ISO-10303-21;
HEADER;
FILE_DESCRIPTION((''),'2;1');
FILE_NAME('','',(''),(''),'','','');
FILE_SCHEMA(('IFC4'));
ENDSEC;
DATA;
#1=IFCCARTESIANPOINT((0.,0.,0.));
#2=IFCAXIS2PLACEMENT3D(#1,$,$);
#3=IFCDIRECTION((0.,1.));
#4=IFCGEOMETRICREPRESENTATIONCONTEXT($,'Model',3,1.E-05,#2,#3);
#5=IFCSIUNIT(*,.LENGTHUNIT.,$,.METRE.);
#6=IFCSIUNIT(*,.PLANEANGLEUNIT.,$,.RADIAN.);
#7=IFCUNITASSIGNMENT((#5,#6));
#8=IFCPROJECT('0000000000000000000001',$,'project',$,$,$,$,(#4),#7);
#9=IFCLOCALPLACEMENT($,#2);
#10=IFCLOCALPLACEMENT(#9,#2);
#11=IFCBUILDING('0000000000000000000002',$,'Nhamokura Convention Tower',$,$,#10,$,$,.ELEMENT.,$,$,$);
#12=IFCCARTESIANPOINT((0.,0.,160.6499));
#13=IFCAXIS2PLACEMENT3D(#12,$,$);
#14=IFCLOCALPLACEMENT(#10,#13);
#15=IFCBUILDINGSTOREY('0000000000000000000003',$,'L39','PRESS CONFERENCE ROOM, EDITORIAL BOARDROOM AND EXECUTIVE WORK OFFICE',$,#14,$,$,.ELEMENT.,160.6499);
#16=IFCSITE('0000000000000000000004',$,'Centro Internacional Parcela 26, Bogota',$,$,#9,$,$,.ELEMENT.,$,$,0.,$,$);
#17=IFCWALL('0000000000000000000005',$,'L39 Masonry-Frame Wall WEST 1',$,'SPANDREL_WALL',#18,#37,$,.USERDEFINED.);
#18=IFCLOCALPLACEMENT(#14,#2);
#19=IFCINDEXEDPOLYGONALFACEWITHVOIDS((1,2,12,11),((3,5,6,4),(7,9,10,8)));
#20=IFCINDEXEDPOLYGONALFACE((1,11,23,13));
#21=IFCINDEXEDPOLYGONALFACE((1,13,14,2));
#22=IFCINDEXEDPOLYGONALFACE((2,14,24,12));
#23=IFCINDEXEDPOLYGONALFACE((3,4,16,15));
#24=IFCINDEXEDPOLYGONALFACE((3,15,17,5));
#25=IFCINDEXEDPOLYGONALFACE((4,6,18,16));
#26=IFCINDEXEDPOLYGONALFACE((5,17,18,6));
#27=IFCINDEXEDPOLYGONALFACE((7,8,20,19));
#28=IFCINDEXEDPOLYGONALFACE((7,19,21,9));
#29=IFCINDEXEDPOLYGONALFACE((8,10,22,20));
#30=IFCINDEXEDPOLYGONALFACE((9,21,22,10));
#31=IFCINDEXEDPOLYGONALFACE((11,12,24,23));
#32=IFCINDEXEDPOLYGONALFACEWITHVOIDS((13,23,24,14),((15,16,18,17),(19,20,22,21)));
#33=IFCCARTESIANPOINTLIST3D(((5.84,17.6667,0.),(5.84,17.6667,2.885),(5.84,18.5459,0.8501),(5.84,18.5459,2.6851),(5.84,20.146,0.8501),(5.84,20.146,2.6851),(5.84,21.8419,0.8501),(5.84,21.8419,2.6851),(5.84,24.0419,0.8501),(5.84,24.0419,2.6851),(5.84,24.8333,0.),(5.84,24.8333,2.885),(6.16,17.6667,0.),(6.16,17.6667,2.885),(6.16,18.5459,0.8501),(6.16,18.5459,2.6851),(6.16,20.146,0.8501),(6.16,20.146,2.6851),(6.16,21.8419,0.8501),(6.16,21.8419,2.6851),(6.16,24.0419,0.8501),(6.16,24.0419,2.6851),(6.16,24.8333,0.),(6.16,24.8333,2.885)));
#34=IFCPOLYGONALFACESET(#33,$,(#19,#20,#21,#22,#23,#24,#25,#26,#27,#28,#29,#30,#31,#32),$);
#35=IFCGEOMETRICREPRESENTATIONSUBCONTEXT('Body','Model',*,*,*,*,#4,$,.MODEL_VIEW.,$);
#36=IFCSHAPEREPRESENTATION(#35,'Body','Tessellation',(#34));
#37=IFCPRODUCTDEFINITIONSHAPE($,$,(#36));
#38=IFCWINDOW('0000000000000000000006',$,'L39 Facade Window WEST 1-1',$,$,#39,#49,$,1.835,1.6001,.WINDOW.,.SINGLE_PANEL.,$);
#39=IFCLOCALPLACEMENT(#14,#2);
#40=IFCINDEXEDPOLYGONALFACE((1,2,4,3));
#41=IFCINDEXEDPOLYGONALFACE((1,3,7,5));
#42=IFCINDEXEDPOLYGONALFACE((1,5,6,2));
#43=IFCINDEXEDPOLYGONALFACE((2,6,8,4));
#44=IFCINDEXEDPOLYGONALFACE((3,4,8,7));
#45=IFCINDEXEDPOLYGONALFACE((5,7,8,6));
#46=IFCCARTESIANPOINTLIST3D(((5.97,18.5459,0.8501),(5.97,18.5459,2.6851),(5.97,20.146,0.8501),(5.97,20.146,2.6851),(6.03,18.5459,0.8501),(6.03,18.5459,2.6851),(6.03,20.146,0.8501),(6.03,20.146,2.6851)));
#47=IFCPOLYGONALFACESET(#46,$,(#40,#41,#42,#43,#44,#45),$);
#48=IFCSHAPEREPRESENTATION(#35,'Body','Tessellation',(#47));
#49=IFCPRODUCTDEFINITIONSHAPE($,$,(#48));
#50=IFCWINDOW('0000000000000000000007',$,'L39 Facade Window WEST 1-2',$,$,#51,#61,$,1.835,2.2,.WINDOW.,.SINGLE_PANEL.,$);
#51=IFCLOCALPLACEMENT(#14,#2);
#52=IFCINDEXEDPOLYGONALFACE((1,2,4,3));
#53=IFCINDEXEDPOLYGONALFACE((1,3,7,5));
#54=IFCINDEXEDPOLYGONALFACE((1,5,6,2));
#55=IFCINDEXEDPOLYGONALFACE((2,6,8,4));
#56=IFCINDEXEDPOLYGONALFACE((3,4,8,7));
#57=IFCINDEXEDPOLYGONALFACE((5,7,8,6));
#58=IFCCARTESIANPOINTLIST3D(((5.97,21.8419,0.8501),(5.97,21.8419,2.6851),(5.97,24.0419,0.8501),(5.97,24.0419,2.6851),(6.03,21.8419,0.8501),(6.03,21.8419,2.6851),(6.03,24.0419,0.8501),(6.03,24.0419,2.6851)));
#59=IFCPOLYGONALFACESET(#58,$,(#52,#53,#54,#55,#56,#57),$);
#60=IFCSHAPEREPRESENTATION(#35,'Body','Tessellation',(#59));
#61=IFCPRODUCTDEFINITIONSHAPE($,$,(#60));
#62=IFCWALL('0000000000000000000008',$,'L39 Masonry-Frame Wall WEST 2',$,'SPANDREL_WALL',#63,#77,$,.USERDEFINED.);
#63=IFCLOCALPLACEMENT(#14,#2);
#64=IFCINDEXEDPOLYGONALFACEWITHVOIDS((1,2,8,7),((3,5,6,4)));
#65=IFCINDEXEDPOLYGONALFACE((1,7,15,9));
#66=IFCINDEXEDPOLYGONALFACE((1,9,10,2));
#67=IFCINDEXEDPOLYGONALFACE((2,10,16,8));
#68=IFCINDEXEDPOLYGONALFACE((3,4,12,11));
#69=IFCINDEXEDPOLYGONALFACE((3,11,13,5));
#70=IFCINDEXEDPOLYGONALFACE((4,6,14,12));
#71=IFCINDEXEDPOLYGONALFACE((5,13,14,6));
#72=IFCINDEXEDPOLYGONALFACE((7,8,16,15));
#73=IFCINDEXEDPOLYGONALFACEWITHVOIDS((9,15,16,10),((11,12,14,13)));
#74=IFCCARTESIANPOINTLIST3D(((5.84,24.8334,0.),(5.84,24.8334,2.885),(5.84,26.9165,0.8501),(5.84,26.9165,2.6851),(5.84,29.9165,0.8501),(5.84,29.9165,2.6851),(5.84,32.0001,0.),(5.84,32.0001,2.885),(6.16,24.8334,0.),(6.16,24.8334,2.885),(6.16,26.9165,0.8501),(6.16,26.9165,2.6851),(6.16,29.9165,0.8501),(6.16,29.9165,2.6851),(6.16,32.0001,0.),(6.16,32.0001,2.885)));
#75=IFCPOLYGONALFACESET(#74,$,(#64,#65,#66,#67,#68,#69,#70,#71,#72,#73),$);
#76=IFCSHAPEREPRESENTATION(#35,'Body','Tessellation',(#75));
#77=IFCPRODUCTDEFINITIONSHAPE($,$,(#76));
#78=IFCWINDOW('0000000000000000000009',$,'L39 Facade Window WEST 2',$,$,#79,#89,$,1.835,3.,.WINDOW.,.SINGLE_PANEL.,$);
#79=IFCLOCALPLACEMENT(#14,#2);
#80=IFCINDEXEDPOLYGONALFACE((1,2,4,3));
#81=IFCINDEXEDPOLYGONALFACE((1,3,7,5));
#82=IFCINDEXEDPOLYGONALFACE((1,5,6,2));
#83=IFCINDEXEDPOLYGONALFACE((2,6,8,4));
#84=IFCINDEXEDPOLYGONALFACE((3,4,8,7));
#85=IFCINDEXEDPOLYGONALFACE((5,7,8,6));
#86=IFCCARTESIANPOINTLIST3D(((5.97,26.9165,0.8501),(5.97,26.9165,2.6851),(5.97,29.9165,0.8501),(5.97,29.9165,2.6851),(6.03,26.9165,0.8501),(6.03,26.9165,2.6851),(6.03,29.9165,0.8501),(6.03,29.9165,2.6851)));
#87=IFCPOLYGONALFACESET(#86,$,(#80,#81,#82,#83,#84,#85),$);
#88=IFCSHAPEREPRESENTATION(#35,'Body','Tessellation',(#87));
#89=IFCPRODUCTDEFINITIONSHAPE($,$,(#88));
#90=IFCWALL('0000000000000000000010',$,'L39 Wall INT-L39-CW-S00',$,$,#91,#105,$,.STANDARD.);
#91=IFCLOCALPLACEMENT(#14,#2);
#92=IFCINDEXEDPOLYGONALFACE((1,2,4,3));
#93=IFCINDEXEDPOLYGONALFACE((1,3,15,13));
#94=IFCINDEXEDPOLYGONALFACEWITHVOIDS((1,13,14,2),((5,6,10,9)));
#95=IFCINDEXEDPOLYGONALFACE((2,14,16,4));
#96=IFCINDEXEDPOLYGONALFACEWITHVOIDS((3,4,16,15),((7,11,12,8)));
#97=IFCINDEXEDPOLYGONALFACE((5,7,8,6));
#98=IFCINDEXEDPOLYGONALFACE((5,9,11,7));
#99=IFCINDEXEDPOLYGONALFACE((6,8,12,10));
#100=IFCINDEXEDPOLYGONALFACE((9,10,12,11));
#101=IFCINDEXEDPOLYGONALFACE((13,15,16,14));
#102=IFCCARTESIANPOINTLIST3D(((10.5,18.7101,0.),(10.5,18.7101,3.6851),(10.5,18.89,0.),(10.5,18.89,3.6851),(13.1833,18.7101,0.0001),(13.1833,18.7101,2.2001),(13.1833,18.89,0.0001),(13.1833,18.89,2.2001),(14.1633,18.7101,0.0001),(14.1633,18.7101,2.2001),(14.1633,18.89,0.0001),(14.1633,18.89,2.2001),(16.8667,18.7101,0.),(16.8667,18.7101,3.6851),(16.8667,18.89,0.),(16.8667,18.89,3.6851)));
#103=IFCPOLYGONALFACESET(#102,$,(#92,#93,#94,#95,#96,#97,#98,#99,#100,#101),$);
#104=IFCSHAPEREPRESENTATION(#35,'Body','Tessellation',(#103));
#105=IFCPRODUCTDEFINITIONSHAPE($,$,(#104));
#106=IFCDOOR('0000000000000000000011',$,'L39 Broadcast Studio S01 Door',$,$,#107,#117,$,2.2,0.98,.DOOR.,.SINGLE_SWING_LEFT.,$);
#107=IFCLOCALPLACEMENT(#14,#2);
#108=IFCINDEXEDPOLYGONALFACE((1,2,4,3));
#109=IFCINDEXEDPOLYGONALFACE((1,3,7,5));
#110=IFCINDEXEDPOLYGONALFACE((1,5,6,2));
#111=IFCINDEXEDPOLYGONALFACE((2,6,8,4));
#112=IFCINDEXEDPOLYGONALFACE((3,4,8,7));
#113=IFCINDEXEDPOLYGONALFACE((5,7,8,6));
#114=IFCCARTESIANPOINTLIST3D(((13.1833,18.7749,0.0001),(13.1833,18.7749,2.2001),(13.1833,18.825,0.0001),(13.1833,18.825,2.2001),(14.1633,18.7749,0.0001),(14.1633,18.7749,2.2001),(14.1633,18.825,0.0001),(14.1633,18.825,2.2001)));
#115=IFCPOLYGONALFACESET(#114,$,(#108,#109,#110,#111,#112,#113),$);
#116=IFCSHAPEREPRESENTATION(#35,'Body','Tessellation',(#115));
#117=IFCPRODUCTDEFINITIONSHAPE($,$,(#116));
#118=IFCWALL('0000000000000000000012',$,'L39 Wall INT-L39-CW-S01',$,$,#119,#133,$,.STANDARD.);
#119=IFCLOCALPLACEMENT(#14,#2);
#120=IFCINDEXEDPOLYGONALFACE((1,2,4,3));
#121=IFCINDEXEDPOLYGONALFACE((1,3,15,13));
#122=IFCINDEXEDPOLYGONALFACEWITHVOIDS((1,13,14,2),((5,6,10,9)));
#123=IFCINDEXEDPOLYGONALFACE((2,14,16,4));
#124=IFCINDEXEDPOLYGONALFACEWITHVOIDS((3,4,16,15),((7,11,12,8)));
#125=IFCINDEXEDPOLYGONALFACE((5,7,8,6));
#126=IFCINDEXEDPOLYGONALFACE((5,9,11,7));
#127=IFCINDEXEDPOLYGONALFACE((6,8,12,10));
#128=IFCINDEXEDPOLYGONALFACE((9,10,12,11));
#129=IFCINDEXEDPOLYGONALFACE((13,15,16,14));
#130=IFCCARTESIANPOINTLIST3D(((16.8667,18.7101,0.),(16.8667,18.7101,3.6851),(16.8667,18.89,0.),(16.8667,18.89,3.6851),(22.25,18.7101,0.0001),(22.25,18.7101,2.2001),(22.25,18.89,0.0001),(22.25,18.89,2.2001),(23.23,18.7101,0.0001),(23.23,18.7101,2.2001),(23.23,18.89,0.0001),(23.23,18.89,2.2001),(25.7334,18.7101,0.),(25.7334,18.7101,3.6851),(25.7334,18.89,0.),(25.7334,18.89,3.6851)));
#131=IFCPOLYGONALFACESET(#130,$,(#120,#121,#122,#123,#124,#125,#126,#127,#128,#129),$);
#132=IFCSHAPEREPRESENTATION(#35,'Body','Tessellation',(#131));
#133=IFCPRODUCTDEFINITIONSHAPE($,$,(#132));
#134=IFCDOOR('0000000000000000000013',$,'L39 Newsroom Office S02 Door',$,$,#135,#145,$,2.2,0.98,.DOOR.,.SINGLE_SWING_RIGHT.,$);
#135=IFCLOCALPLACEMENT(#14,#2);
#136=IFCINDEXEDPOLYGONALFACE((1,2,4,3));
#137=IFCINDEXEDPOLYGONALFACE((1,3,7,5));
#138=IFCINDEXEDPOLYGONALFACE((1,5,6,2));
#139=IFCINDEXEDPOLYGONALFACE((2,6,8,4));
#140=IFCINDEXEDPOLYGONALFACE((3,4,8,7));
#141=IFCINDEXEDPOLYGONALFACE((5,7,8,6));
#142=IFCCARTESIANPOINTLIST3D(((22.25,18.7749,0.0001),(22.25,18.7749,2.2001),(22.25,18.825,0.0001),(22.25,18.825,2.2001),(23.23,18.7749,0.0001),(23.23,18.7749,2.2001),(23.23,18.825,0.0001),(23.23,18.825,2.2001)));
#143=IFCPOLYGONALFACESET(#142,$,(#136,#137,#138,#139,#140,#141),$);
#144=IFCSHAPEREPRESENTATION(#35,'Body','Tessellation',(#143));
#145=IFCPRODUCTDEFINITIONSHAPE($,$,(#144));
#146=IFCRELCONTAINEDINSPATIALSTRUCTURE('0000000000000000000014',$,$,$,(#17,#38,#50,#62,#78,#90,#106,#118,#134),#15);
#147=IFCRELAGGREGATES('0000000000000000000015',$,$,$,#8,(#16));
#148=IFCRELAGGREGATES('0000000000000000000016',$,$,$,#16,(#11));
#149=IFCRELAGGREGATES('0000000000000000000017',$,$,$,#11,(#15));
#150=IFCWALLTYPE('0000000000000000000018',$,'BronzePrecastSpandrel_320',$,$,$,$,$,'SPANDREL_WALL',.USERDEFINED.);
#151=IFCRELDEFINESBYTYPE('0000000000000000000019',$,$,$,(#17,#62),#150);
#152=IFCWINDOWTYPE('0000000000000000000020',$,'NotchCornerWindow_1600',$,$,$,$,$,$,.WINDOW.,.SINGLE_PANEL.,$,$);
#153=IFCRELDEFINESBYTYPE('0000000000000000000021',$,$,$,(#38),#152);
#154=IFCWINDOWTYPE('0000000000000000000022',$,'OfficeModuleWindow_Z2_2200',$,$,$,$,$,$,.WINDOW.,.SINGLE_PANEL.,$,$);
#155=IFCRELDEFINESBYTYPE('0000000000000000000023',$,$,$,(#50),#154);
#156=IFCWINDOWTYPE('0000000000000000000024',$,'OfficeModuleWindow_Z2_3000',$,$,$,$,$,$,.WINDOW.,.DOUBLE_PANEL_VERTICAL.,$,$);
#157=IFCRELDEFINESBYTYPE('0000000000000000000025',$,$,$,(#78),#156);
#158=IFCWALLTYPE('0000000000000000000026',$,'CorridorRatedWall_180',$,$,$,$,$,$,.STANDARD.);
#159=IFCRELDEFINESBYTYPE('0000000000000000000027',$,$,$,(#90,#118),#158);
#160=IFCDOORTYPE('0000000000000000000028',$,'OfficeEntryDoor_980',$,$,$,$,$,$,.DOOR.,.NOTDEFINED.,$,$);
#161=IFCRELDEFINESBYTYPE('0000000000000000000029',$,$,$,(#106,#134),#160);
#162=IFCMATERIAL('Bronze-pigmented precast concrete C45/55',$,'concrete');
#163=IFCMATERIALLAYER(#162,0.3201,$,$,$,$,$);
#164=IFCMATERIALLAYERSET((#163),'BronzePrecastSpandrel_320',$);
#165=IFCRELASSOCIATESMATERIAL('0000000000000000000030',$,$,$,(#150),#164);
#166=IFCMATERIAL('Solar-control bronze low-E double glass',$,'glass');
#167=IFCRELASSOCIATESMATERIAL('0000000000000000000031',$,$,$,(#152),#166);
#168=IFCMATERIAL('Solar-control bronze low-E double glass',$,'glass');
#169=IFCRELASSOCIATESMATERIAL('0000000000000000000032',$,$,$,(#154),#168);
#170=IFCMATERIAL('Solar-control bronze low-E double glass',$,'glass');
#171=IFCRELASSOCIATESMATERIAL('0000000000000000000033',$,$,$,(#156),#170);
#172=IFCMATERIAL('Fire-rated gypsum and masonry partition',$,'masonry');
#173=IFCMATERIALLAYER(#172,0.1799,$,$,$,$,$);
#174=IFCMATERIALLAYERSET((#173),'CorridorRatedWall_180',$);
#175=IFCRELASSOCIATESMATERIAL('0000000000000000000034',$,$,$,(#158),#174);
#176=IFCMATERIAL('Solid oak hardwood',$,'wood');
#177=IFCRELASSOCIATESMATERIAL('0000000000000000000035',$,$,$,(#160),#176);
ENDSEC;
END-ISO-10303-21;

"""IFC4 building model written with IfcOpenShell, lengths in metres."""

from ifc_helpers import new_model, si_unit, direction, frame, frame_2d, origin, place, context, subcontext, project, spatial, rectangle, extrude, material, layer, layer_set, type_object, element, fill, save


model = new_model("IFC4")

# Units and contexts
model_context = context("Model", 3, precision=1e-05, world=origin(), true_north=direction((0.0, 1.0)))
body_context = subcontext(model_context, "Body", "Model", "MODEL_VIEW")
ifc_project = project(units=[si_unit("LENGTHUNIT", "METRE"), si_unit("PLANEANGLEUNIT", "RADIAN")], contexts=[model_context])

# Site, building, storey
site_placement = place(None, origin())
site = spatial("IfcSite", under=ifc_project, at=site_placement, Name="Centro Internacional Parcela 26, Bogota", CompositionType="ELEMENT", RefElevation=0.0)
building_placement = place(site_placement, origin())
building = spatial("IfcBuilding", under=site, at=building_placement, Name="Nhamokura Convention Tower", CompositionType="ELEMENT")
storey_placement = place(building_placement, frame((0.0, 0.0, 160.6499)))
storey = spatial("IfcBuildingStorey", under=building, at=storey_placement, Name="L39", Description="PRESS CONFERENCE ROOM, EDITORIAL BOARDROOM AND EXECUTIVE WORK OFFICE", CompositionType="ELEMENT", Elevation=160.6499)

# Wall, openings, windows
ifc_material_1 = material(Name="Bronze-pigmented precast concrete C45/55", Category="concrete")
ifc_layer_1 = layer(ifc_material_1, 0.3201)
ifc_layer_set_1 = layer_set([ifc_layer_1], Name="BronzePrecastSpandrel_320")
wall_type_1 = type_object("IfcWallType", Name="BronzePrecastSpandrel_320", ElementType="SPANDREL_WALL", PredefinedType="USERDEFINED", material=ifc_layer_set_1)
wall_1_placement = place(storey_placement, frame((6.0, 17.6667, 0.0), z_axis=(0.0, 0.0, 1.0), x_axis=(0.0, 1.0, 0.0)))
wall_1 = element("IfcWall", 1, at=wall_1_placement, inside=storey, type_object=wall_type_1, Name="L39 Masonry-Frame Wall WEST 1", ObjectType="SPANDREL_WALL", PredefinedType="USERDEFINED", context=body_context, shape_type="SweptSolid", body=[
    extrude(rectangle(XDim=7.1665, YDim=0.3201, at=frame_2d((3.5833, 0.0))), origin(), (0.0, 0.0, 1.0), 2.885),
])
opening_1_placement = place(wall_1_placement, frame((0.8792, 0.0, 0.8501)))
opening_1 = element("IfcOpeningElement", 2, at=opening_1_placement, cuts=wall_1, PredefinedType="OPENING", context=body_context, shape_type="SweptSolid", body=[
    extrude(rectangle(XDim=1.6001, YDim=1.835, at=frame_2d((0.8, 0.9175))), frame((0.0, 0.1699, 0.0), z_axis=(0.0, -1.0, 0.0), x_axis=(1.0, 0.0, 0.0)), (0.0, 0.0, 1.0), 0.3401),
])
opening_2_placement = place(wall_1_placement, frame((4.175, 0.0, 0.8501)))
opening_2 = element("IfcOpeningElement", 3, at=opening_2_placement, cuts=wall_1, PredefinedType="OPENING", context=body_context, shape_type="SweptSolid", body=[
    extrude(rectangle(XDim=2.2, YDim=1.835, at=frame_2d((1.1001, 0.9175))), frame((0.0, 0.1699, 0.0), z_axis=(0.0, -1.0, 0.0), x_axis=(1.0, 0.0, 0.0)), (0.0, 0.0, 1.0), 0.3401),
])
ifc_material_2 = material(Name="Solar-control bronze low-E double glass", Category="glass")
window_type_1 = type_object("IfcWindowType", Name="NotchCornerWindow_1600", PartitioningType="SINGLE_PANEL", PredefinedType="WINDOW", material=ifc_material_2)
window_1_placement = place(opening_1_placement, origin())
window_1 = element("IfcWindow", 4, at=window_1_placement, inside=storey, type_object=window_type_1, Name="L39 Facade Window WEST 1-1", OverallHeight=1.835, OverallWidth=1.6001, PartitioningType="SINGLE_PANEL", PredefinedType="WINDOW", context=body_context, shape_type="SweptSolid", body=[
    extrude(rectangle(XDim=1.6001, YDim=1.835, at=frame_2d((0.8, 0.9175))), frame((0.0, 0.03, 0.0), z_axis=(0.0, -1.0, 0.0), x_axis=(1.0, 0.0, 0.0)), (0.0, 0.0, 1.0), 0.0601),
])
fill(opening_1, window_1)
ifc_material_3 = material(Name="Solar-control bronze low-E double glass", Category="glass")
window_type_2 = type_object("IfcWindowType", Name="OfficeModuleWindow_Z2_2200", PartitioningType="SINGLE_PANEL", PredefinedType="WINDOW", material=ifc_material_3)
window_2_placement = place(opening_2_placement, origin())
window_2 = element("IfcWindow", 5, at=window_2_placement, inside=storey, type_object=window_type_2, Name="L39 Facade Window WEST 1-2", OverallHeight=1.835, OverallWidth=2.2, PartitioningType="SINGLE_PANEL", PredefinedType="WINDOW", context=body_context, shape_type="SweptSolid", body=[
    extrude(rectangle(XDim=2.2, YDim=1.835, at=frame_2d((1.1001, 0.9175))), frame((0.0, 0.03, 0.0), z_axis=(0.0, -1.0, 0.0), x_axis=(1.0, 0.0, 0.0)), (0.0, 0.0, 1.0), 0.0601),
])
fill(opening_2, window_2)

# Wall, opening, window
wall_2_placement = place(storey_placement, frame((6.0, 24.8333, 0.0), z_axis=(0.0, 0.0, 1.0), x_axis=(0.0, 1.0, 0.0)))
wall_2 = element("IfcWall", 6, at=wall_2_placement, inside=storey, type_object=wall_type_1, Name="L39 Masonry-Frame Wall WEST 2", ObjectType="SPANDREL_WALL", PredefinedType="USERDEFINED", context=body_context, shape_type="SweptSolid", body=[
    extrude(rectangle(XDim=7.1667, YDim=0.3201, at=frame_2d((3.5835, 0.0))), origin(), (0.0, 0.0, 1.0), 2.885),
])
opening_3_placement = place(wall_2_placement, frame((2.0833, 0.0, 0.8501)))
opening_3 = element("IfcOpeningElement", 7, at=opening_3_placement, cuts=wall_2, PredefinedType="OPENING", context=body_context, shape_type="SweptSolid", body=[
    extrude(rectangle(XDim=3.0, YDim=1.835, at=frame_2d((1.5, 0.9175))), frame((0.0, 0.1699, 0.0), z_axis=(0.0, -1.0, 0.0), x_axis=(1.0, 0.0, 0.0)), (0.0, 0.0, 1.0), 0.3401),
])
ifc_material_4 = material(Name="Solar-control bronze low-E double glass", Category="glass")
window_type_3 = type_object("IfcWindowType", Name="OfficeModuleWindow_Z2_3000", PartitioningType="DOUBLE_PANEL_VERTICAL", PredefinedType="WINDOW", material=ifc_material_4)
window_3_placement = place(opening_3_placement, origin())
window_3 = element("IfcWindow", 8, at=window_3_placement, inside=storey, type_object=window_type_3, Name="L39 Facade Window WEST 2", OverallHeight=1.835, OverallWidth=3.0, PartitioningType="SINGLE_PANEL", PredefinedType="WINDOW", context=body_context, shape_type="SweptSolid", body=[
    extrude(rectangle(XDim=3.0, YDim=1.835, at=frame_2d((1.5, 0.9175))), frame((0.0, 0.03, 0.0), z_axis=(0.0, -1.0, 0.0), x_axis=(1.0, 0.0, 0.0)), (0.0, 0.0, 1.0), 0.0601),
])
fill(opening_3, window_3)

# Walls, openings, doors
ifc_material_5 = material(Name="Fire-rated gypsum and masonry partition", Category="masonry")
ifc_layer_2 = layer(ifc_material_5, 0.1799)
ifc_layer_set_2 = layer_set([ifc_layer_2], Name="CorridorRatedWall_180")
wall_type_2 = type_object("IfcWallType", Name="CorridorRatedWall_180", PredefinedType="STANDARD", material=ifc_layer_set_2)
wall_3_placement = place(storey_placement, frame((10.5, 18.8, 0.0), z_axis=(0.0, 0.0, 1.0), x_axis=(1.0, 0.0, 0.0)))
wall_3 = element("IfcWall", 9, at=wall_3_placement, inside=storey, type_object=wall_type_2, Name="L39 Wall INT-L39-CW-S00", PredefinedType="STANDARD", context=body_context, shape_type="SweptSolid", body=[
    extrude(rectangle(XDim=6.3667, YDim=0.1799, at=frame_2d((3.1833, 0.0))), origin(), (0.0, 0.0, 1.0), 3.6851),
])
opening_4_placement = place(wall_3_placement, frame((2.6833, 0.0, 0.0)))
opening_4 = element("IfcOpeningElement", 10, at=opening_4_placement, cuts=wall_3, PredefinedType="OPENING", context=body_context, shape_type="SweptSolid", body=[
    extrude(rectangle(XDim=0.98, YDim=2.2, at=frame_2d((0.49, 1.1001))), frame((0.0, 0.0999, 0.0), z_axis=(0.0, -1.0, 0.0), x_axis=(1.0, 0.0, 0.0)), (0.0, 0.0, 1.0), 0.2),
])
ifc_material_6 = material(Name="Solid oak hardwood", Category="wood")
door_type_1 = type_object("IfcDoorType", Name="OfficeEntryDoor_980", OperationType="NOTDEFINED", PredefinedType="DOOR", material=ifc_material_6)
door_1_placement = place(opening_4_placement, origin())
door_1 = element("IfcDoor", 11, at=door_1_placement, inside=storey, type_object=door_type_1, Name="L39 Broadcast Studio S01 Door", OperationType="SINGLE_SWING_LEFT", OverallHeight=2.2, OverallWidth=0.98, PredefinedType="DOOR", context=body_context, shape_type="SweptSolid", body=[
    extrude(rectangle(XDim=0.98, YDim=2.2, at=frame_2d((0.49, 1.1001))), frame((0.0, 0.0249, 0.0), z_axis=(0.0, -1.0, 0.0), x_axis=(1.0, 0.0, 0.0)), (0.0, 0.0, 1.0), 0.05),
])
fill(opening_4, door_1)
wall_4_placement = place(storey_placement, frame((16.8667, 18.8, 0.0), z_axis=(0.0, 0.0, 1.0), x_axis=(1.0, 0.0, 0.0)))
wall_4 = element("IfcWall", 12, at=wall_4_placement, inside=storey, type_object=wall_type_2, Name="L39 Wall INT-L39-CW-S01", PredefinedType="STANDARD", context=body_context, shape_type="SweptSolid", body=[
    extrude(rectangle(XDim=8.8667, YDim=0.1799, at=frame_2d((4.4333, 0.0))), origin(), (0.0, 0.0, 1.0), 3.6851),
])
opening_5_placement = place(wall_4_placement, frame((5.3833, 0.0, 0.0)))
opening_5 = element("IfcOpeningElement", 13, at=opening_5_placement, cuts=wall_4, PredefinedType="OPENING", context=body_context, shape_type="SweptSolid", body=[
    extrude(rectangle(XDim=0.98, YDim=2.2, at=frame_2d((0.49, 1.1001))), frame((0.0, 0.0999, 0.0), z_axis=(0.0, -1.0, 0.0), x_axis=(1.0, 0.0, 0.0)), (0.0, 0.0, 1.0), 0.2),
])
door_2_placement = place(opening_5_placement, origin())
door_2 = element("IfcDoor", 14, at=door_2_placement, inside=storey, type_object=door_type_1, Name="L39 Newsroom Office S02 Door", OperationType="SINGLE_SWING_RIGHT", OverallHeight=2.2, OverallWidth=0.98, PredefinedType="DOOR", context=body_context, shape_type="SweptSolid", body=[
    extrude(rectangle(XDim=0.98, YDim=2.2, at=frame_2d((0.49, 1.1001))), frame((0.0, 0.0249, 0.0), z_axis=(0.0, -1.0, 0.0), x_axis=(1.0, 0.0, 0.0)), (0.0, 0.0, 1.0), 0.05),
])
fill(opening_5, door_2)

save(model, "model.ifc")
